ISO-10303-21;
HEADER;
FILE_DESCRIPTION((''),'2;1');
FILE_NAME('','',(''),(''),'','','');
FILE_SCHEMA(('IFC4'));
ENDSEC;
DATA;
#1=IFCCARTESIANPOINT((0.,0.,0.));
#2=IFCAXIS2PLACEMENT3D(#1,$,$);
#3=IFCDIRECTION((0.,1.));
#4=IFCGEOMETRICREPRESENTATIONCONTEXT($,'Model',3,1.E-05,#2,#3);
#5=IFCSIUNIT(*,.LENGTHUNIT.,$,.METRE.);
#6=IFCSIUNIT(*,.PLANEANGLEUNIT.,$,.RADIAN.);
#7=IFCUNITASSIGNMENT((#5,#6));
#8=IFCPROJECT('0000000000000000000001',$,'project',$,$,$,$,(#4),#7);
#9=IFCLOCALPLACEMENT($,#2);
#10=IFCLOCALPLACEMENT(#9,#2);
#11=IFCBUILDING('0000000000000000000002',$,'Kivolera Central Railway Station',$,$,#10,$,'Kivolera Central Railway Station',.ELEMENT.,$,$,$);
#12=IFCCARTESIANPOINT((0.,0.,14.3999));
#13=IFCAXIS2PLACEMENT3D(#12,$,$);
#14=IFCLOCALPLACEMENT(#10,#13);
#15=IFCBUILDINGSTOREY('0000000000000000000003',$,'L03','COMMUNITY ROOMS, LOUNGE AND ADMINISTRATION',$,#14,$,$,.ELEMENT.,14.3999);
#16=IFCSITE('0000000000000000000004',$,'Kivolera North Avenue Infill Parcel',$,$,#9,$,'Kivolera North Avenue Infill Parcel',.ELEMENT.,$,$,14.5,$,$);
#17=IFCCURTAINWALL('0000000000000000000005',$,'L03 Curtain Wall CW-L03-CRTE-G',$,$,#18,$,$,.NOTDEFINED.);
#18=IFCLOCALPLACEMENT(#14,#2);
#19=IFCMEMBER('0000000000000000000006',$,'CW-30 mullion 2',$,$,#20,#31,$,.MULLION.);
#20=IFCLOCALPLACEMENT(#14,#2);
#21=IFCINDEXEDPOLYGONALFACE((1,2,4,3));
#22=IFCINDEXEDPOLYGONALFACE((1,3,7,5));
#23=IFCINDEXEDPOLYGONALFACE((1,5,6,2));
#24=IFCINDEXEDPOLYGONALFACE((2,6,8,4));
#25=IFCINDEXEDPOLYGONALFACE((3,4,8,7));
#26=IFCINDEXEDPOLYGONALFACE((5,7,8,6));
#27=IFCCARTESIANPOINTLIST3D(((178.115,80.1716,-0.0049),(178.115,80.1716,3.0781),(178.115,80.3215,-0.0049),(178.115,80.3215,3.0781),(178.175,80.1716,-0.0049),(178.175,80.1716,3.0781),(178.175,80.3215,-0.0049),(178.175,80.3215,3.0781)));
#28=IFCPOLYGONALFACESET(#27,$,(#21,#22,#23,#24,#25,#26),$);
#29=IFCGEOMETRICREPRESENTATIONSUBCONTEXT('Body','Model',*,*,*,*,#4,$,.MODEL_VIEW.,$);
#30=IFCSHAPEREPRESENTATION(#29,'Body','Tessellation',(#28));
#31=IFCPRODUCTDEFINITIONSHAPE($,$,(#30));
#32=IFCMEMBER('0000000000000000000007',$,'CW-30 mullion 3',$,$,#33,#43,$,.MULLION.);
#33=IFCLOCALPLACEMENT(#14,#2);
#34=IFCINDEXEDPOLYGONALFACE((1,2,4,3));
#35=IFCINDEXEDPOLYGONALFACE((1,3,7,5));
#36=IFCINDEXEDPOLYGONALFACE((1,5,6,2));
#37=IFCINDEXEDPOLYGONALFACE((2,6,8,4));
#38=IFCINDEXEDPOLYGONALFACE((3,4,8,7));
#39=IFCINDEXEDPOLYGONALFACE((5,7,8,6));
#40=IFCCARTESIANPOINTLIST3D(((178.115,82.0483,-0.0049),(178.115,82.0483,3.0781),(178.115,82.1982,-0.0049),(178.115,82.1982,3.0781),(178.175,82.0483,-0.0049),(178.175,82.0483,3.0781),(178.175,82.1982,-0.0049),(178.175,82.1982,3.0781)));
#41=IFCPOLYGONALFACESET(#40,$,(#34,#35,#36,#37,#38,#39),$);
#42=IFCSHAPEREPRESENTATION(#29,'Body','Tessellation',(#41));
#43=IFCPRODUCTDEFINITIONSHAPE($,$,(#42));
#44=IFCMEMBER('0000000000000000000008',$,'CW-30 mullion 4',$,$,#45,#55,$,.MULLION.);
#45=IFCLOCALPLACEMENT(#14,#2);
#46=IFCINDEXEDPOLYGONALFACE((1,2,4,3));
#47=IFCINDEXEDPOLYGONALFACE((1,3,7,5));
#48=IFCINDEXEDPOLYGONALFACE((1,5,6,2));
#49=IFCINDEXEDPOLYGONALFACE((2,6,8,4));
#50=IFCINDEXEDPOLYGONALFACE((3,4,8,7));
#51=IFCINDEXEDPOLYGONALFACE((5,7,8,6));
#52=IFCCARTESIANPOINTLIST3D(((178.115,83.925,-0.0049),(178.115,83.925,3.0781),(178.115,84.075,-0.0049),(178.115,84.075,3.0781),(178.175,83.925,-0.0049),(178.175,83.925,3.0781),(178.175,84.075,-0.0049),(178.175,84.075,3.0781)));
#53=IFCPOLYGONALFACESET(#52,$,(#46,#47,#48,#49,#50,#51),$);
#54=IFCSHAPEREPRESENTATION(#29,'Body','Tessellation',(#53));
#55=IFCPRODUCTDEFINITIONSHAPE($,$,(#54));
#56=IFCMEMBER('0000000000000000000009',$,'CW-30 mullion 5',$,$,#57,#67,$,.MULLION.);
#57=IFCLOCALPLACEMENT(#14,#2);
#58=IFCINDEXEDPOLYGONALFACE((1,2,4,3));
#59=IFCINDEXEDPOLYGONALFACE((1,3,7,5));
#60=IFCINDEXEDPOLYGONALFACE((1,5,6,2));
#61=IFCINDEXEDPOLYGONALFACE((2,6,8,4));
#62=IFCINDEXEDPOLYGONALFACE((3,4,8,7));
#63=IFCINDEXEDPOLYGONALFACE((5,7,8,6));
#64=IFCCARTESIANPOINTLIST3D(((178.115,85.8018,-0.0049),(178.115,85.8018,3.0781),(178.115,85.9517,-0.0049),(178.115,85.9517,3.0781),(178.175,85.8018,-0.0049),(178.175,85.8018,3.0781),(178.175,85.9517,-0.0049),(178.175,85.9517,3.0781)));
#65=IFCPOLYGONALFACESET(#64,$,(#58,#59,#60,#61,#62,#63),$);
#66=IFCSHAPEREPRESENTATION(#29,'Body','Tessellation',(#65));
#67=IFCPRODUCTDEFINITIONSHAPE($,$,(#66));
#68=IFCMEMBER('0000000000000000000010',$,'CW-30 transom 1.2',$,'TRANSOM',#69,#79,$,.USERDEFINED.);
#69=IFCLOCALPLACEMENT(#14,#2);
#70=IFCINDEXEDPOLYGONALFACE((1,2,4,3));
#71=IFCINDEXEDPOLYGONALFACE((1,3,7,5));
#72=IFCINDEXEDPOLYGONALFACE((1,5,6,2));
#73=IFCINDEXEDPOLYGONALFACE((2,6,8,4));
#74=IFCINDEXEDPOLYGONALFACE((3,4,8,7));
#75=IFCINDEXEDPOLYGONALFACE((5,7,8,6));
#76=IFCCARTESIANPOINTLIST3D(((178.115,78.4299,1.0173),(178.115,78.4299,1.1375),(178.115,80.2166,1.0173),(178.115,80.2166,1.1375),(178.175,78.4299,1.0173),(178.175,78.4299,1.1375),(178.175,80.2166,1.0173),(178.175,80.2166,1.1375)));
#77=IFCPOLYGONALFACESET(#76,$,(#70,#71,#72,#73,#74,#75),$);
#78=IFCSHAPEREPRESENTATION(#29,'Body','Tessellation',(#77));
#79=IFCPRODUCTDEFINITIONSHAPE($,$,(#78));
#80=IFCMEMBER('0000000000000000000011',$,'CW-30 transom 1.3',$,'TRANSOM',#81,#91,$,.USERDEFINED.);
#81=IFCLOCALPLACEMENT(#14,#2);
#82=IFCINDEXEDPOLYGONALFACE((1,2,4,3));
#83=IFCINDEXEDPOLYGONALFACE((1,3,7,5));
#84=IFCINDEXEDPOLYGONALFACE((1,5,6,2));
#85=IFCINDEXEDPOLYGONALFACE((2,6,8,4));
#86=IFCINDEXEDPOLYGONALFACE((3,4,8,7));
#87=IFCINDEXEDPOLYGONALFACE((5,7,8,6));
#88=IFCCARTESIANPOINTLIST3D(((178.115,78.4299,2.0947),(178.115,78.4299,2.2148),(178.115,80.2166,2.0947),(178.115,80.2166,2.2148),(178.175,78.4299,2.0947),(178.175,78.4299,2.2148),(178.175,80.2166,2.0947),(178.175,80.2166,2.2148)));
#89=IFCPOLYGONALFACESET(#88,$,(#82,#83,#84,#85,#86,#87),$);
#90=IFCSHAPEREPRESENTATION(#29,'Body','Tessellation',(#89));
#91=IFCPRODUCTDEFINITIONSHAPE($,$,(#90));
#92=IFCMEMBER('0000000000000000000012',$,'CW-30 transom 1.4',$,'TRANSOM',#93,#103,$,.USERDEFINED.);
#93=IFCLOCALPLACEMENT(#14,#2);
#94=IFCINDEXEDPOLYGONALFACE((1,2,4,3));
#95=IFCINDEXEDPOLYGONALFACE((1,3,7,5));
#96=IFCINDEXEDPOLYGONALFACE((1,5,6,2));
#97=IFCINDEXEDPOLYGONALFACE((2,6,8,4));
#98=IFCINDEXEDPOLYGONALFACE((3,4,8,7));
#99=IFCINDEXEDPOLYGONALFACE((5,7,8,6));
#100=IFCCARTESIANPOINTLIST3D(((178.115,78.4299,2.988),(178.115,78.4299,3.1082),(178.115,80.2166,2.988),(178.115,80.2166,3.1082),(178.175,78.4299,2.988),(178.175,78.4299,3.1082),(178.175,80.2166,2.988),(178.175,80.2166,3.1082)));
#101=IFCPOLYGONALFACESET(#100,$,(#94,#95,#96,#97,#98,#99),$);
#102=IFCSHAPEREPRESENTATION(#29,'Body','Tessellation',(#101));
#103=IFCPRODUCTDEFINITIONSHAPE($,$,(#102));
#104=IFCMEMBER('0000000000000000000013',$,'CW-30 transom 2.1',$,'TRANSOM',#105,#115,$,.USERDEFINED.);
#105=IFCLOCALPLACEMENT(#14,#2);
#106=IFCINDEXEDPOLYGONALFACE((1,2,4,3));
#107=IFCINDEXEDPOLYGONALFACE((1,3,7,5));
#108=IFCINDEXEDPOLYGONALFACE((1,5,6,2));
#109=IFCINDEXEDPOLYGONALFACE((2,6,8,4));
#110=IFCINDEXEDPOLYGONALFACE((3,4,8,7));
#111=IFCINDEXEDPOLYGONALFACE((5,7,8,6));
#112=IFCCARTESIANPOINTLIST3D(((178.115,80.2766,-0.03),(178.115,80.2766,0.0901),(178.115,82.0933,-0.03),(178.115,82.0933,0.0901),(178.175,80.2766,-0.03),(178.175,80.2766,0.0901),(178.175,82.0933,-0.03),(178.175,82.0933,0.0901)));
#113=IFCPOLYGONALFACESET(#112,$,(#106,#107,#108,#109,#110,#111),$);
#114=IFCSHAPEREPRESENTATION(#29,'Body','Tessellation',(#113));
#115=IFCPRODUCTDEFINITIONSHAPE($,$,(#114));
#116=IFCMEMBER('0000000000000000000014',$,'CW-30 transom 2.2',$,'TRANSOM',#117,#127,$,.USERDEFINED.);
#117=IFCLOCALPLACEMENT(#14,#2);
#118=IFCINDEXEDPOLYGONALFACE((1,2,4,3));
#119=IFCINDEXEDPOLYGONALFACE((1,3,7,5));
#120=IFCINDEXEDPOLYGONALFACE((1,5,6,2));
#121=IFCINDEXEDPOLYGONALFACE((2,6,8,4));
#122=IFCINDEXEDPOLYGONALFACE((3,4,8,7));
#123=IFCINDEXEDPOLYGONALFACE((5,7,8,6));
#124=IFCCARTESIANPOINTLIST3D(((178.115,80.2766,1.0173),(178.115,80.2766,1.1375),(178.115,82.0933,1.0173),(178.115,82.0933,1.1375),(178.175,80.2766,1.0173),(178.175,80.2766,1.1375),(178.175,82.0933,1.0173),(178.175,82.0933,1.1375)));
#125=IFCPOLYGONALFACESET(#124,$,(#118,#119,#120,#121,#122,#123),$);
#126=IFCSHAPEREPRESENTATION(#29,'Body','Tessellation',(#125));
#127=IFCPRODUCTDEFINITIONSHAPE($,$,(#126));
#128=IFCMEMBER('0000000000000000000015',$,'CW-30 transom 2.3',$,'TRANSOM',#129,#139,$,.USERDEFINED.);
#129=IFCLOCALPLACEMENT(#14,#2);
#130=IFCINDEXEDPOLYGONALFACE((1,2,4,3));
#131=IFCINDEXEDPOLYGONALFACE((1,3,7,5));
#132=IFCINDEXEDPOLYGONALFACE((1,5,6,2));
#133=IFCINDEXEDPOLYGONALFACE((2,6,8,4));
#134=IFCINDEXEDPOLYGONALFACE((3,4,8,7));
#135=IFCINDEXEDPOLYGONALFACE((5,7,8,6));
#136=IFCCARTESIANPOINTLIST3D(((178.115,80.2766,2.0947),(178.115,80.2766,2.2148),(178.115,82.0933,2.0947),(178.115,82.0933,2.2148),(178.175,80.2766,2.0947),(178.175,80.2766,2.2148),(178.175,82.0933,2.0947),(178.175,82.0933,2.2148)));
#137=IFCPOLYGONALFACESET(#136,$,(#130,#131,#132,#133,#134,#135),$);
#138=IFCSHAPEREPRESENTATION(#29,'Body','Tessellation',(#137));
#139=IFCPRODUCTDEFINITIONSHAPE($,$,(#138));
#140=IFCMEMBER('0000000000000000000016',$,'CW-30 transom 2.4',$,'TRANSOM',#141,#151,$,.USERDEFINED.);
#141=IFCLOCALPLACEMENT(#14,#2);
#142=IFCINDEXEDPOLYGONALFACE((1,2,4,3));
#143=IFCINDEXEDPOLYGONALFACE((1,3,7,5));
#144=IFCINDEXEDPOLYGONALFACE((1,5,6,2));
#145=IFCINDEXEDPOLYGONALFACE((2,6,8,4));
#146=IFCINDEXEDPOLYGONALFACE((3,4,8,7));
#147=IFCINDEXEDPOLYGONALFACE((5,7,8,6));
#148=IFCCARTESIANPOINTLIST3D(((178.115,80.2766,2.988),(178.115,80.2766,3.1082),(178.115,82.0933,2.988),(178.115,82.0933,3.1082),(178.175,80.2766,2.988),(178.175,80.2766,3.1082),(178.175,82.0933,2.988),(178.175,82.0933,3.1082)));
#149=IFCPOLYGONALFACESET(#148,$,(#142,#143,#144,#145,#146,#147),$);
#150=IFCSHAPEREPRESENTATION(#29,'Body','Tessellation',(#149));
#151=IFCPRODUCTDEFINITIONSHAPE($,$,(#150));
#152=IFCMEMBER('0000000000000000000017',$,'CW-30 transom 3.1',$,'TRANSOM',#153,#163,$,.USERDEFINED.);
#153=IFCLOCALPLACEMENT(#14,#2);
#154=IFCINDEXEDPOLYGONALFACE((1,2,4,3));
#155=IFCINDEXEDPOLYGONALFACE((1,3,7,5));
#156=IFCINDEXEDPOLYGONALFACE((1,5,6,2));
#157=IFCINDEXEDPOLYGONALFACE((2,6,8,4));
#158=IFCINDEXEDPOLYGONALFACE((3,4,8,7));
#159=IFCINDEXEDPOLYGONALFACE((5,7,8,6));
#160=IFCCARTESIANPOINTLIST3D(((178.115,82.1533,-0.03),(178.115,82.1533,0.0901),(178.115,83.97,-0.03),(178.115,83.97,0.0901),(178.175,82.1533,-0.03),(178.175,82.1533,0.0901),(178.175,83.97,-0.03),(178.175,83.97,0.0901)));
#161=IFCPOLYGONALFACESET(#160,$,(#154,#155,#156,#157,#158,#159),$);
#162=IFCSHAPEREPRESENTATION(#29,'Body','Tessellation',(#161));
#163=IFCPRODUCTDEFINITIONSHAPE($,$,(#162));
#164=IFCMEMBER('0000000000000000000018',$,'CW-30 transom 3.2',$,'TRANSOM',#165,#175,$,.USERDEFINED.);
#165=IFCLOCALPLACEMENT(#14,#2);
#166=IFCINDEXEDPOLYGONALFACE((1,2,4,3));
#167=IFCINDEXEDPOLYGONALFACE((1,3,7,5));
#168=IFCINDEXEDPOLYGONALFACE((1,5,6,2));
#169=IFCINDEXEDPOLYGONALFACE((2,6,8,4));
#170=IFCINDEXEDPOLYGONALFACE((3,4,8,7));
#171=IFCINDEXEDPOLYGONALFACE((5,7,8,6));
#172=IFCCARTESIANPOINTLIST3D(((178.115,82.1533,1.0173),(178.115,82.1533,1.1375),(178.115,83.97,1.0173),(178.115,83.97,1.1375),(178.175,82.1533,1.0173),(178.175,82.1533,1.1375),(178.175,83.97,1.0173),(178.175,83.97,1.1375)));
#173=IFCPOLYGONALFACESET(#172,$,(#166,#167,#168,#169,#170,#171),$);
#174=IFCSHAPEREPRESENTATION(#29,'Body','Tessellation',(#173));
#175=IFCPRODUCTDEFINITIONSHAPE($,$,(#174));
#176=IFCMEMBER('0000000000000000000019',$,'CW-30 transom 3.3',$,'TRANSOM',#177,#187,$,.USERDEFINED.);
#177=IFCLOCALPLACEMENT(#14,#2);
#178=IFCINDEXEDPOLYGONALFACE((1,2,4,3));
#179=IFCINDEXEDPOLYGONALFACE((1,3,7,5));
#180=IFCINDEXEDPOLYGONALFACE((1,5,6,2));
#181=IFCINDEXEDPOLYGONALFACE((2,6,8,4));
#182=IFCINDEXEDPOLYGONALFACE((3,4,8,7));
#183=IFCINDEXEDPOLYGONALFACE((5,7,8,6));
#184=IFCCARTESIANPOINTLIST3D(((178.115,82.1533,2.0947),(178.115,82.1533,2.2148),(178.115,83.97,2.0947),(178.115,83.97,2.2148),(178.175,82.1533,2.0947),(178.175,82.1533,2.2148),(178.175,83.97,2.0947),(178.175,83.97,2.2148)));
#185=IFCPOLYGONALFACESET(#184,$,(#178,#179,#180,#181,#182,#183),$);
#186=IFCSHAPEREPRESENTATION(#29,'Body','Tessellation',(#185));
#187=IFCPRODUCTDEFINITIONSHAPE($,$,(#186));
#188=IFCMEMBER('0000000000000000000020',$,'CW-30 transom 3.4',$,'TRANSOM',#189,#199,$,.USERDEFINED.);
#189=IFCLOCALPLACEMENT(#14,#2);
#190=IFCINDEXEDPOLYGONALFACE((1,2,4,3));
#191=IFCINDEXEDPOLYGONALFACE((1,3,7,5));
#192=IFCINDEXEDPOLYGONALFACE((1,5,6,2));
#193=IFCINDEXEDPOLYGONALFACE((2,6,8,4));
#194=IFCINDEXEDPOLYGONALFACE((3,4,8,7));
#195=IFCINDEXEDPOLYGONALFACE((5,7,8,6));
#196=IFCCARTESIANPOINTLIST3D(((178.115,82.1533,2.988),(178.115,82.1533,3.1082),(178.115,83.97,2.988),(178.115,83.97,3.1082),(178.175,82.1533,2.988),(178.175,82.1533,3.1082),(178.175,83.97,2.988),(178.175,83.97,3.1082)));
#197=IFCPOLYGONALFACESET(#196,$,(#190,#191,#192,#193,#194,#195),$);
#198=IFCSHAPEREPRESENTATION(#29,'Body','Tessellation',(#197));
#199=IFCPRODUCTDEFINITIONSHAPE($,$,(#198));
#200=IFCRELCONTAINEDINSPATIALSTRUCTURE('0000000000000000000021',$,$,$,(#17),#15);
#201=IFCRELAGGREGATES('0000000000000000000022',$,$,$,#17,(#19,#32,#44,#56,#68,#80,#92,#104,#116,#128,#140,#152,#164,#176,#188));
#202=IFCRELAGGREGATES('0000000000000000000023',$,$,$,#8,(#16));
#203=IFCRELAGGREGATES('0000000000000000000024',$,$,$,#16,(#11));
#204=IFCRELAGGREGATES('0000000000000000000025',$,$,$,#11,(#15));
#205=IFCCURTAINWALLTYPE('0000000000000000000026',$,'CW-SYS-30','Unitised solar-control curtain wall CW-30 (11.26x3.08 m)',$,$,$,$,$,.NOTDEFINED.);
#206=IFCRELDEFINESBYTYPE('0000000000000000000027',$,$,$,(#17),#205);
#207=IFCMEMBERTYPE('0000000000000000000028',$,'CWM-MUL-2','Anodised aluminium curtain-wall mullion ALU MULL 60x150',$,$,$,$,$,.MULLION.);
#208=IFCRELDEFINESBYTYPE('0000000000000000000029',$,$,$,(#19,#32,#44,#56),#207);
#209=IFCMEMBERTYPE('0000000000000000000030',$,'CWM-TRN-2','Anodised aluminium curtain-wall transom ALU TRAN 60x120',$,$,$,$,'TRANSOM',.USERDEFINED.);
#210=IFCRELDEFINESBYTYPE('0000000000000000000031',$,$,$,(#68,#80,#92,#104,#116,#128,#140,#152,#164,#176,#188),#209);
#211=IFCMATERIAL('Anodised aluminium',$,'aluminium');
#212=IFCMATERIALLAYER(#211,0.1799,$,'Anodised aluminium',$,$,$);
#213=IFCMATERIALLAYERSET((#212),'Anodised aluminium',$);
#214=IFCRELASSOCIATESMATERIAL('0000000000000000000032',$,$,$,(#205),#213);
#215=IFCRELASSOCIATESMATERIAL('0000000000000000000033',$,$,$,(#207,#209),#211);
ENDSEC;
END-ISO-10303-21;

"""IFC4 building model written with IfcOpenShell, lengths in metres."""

from ifc_helpers import new_model, si_unit, direction, frame, origin, origin_2d, place, context, subcontext, project, spatial, rectangle, extrude, material, layer, layer_set, material_profile, profile_set, type_object, element, aggregate, save


model = new_model("IFC4")

# Units and contexts
model_context = context("Model", 3, precision=1e-05, world=origin(), true_north=direction((0.0, 1.0)))
body_context = subcontext(model_context, "Body", "Model", "MODEL_VIEW")
ifc_project = project(units=[si_unit("LENGTHUNIT", "METRE"), si_unit("PLANEANGLEUNIT", "RADIAN")], contexts=[model_context])

# Site, building, storey
site_placement = place(None, origin())
site = spatial("IfcSite", under=ifc_project, at=site_placement, Name="Kivolera North Avenue Infill Parcel", LongName="Kivolera North Avenue Infill Parcel", CompositionType="ELEMENT", RefElevation=14.5)
building_placement = place(site_placement, origin())
building = spatial("IfcBuilding", under=site, at=building_placement, Name="Kivolera Central Railway Station", LongName="Kivolera Central Railway Station", CompositionType="ELEMENT")
storey_placement = place(building_placement, frame((0.0, 0.0, 14.3999)))
storey = spatial("IfcBuildingStorey", under=building, at=storey_placement, Name="L03", Description="COMMUNITY ROOMS, LOUNGE AND ADMINISTRATION", CompositionType="ELEMENT", Elevation=14.3999)

# Curtain wall, members
ifc_material_1 = material(Name="Anodised aluminium", Category="aluminium")
ifc_layer_1 = layer(ifc_material_1, 0.1799, Name="Anodised aluminium")
ifc_layer_set_1 = layer_set([ifc_layer_1], Name="Anodised aluminium")
curtain_wall_type = type_object("IfcCurtainWallType", Name="CW-SYS-30", Description="Unitised solar-control curtain wall CW-30 (11.26x3.08 m)", PredefinedType="NOTDEFINED", material=ifc_layer_set_1)
curtain_wall_placement = place(storey_placement, origin())
curtain_wall = element("IfcCurtainWall", 1, at=curtain_wall_placement, inside=storey, type_object=curtain_wall_type, Name="L03 Curtain Wall CW-L03-CRTE-G", PredefinedType="NOTDEFINED")
ifc_material_profile_1 = material_profile(ifc_material_1, rectangle(XDim=0.0601, YDim=0.1499, at=origin_2d()), Name="ALU MULL 60x150")
ifc_profile_set_1 = profile_set([ifc_material_profile_1], Name="Anodised aluminium")
member_type_1 = type_object("IfcMemberType", Name="CWM-MUL-2", Description="Anodised aluminium curtain-wall mullion ALU MULL 60x150", PredefinedType="MULLION", material=ifc_profile_set_1)
member_1_placement = place(storey_placement, frame((178.145, 80.2466, -0.0049), z_axis=(0.0, 0.0, 1.0), x_axis=(-1.0, 0.0, 0.0)))
member_1 = element("IfcMember", 2, at=member_1_placement, type_object=member_type_1, Name="CW-30 mullion 2", PredefinedType="MULLION", context=body_context, shape_type="SweptSolid", body=[
    extrude(rectangle(XDim=0.0601, YDim=0.1499, at=origin_2d()), origin(), (0.0, 0.0, 1.0), 3.083),
])
member_2_placement = place(storey_placement, frame((178.145, 82.1233, -0.0049), z_axis=(0.0, 0.0, 1.0), x_axis=(-1.0, 0.0, 0.0)))
member_2 = element("IfcMember", 3, at=member_2_placement, type_object=member_type_1, Name="CW-30 mullion 3", PredefinedType="MULLION", context=body_context, shape_type="SweptSolid", body=[
    extrude(rectangle(XDim=0.0601, YDim=0.1499, at=origin_2d()), origin(), (0.0, 0.0, 1.0), 3.083),
])
member_3_placement = place(storey_placement, frame((178.145, 84.0, -0.0049), z_axis=(0.0, 0.0, 1.0), x_axis=(-1.0, 0.0, 0.0)))
member_3 = element("IfcMember", 4, at=member_3_placement, type_object=member_type_1, Name="CW-30 mullion 4", PredefinedType="MULLION", context=body_context, shape_type="SweptSolid", body=[
    extrude(rectangle(XDim=0.0601, YDim=0.1499, at=origin_2d()), origin(), (0.0, 0.0, 1.0), 3.083),
])
member_4_placement = place(storey_placement, frame((178.145, 85.8767, -0.0049), z_axis=(0.0, 0.0, 1.0), x_axis=(-1.0, 0.0, 0.0)))
member_4 = element("IfcMember", 5, at=member_4_placement, type_object=member_type_1, Name="CW-30 mullion 5", PredefinedType="MULLION", context=body_context, shape_type="SweptSolid", body=[
    extrude(rectangle(XDim=0.0601, YDim=0.1499, at=origin_2d()), origin(), (0.0, 0.0, 1.0), 3.083),
])
ifc_material_profile_2 = material_profile(ifc_material_1, rectangle(XDim=0.0601, YDim=0.1201, at=origin_2d()), Name="ALU TRAN 60x120")
ifc_profile_set_2 = profile_set([ifc_material_profile_2], Name="Anodised aluminium")
member_type_2 = type_object("IfcMemberType", Name="CWM-TRN-2", Description="Anodised aluminium curtain-wall transom ALU TRAN 60x120", ElementType="TRANSOM", PredefinedType="USERDEFINED", material=ifc_profile_set_2)
member_5_placement = place(storey_placement, frame((178.145, 78.4299, 1.0774), z_axis=(0.0, 1.0, 0.0), x_axis=(-1.0, 0.0, 0.0)))
member_5 = element("IfcMember", 6, at=member_5_placement, type_object=member_type_2, Name="CW-30 transom 1.2", ObjectType="TRANSOM", PredefinedType="USERDEFINED", context=body_context, shape_type="SweptSolid", body=[
    extrude(rectangle(XDim=0.0601, YDim=0.1201, at=origin_2d()), origin(), (0.0, 0.0, 1.0), 1.7866),
])
member_6_placement = place(storey_placement, frame((178.145, 78.4299, 2.1548), z_axis=(0.0, 1.0, 0.0), x_axis=(-1.0, 0.0, 0.0)))
member_6 = element("IfcMember", 7, at=member_6_placement, type_object=member_type_2, Name="CW-30 transom 1.3", ObjectType="TRANSOM", PredefinedType="USERDEFINED", context=body_context, shape_type="SweptSolid", body=[
    extrude(rectangle(XDim=0.0601, YDim=0.1201, at=origin_2d()), origin(), (0.0, 0.0, 1.0), 1.7866),
])
member_7_placement = place(storey_placement, frame((178.145, 78.4299, 3.0481), z_axis=(0.0, 1.0, 0.0), x_axis=(-1.0, 0.0, 0.0)))
member_7 = element("IfcMember", 8, at=member_7_placement, type_object=member_type_2, Name="CW-30 transom 1.4", ObjectType="TRANSOM", PredefinedType="USERDEFINED", context=body_context, shape_type="SweptSolid", body=[
    extrude(rectangle(XDim=0.0601, YDim=0.1201, at=origin_2d()), origin(), (0.0, 0.0, 1.0), 1.7866),
])
member_8_placement = place(storey_placement, frame((178.145, 80.2766, 0.03), z_axis=(0.0, 1.0, 0.0), x_axis=(-1.0, 0.0, 0.0)))
member_8 = element("IfcMember", 9, at=member_8_placement, type_object=member_type_2, Name="CW-30 transom 2.1", ObjectType="TRANSOM", PredefinedType="USERDEFINED", context=body_context, shape_type="SweptSolid", body=[
    extrude(rectangle(XDim=0.0601, YDim=0.1201, at=origin_2d()), origin(), (0.0, 0.0, 1.0), 1.8167),
])
member_9_placement = place(storey_placement, frame((178.145, 80.2766, 1.0774), z_axis=(0.0, 1.0, 0.0), x_axis=(-1.0, 0.0, 0.0)))
member_9 = element("IfcMember", 10, at=member_9_placement, type_object=member_type_2, Name="CW-30 transom 2.2", ObjectType="TRANSOM", PredefinedType="USERDEFINED", context=body_context, shape_type="SweptSolid", body=[
    extrude(rectangle(XDim=0.0601, YDim=0.1201, at=origin_2d()), origin(), (0.0, 0.0, 1.0), 1.8167),
])
member_10_placement = place(storey_placement, frame((178.145, 80.2766, 2.1548), z_axis=(0.0, 1.0, 0.0), x_axis=(-1.0, 0.0, 0.0)))
member_10 = element("IfcMember", 11, at=member_10_placement, type_object=member_type_2, Name="CW-30 transom 2.3", ObjectType="TRANSOM", PredefinedType="USERDEFINED", context=body_context, shape_type="SweptSolid", body=[
    extrude(rectangle(XDim=0.0601, YDim=0.1201, at=origin_2d()), origin(), (0.0, 0.0, 1.0), 1.8167),
])
member_11_placement = place(storey_placement, frame((178.145, 80.2766, 3.0481), z_axis=(0.0, 1.0, 0.0), x_axis=(-1.0, 0.0, 0.0)))
member_11 = element("IfcMember", 12, at=member_11_placement, type_object=member_type_2, Name="CW-30 transom 2.4", ObjectType="TRANSOM", PredefinedType="USERDEFINED", context=body_context, shape_type="SweptSolid", body=[
    extrude(rectangle(XDim=0.0601, YDim=0.1201, at=origin_2d()), origin(), (0.0, 0.0, 1.0), 1.8167),
])
member_12_placement = place(storey_placement, frame((178.145, 82.1533, 0.03), z_axis=(0.0, 1.0, 0.0), x_axis=(-1.0, 0.0, 0.0)))
member_12 = element("IfcMember", 13, at=member_12_placement, type_object=member_type_2, Name="CW-30 transom 3.1", ObjectType="TRANSOM", PredefinedType="USERDEFINED", context=body_context, shape_type="SweptSolid", body=[
    extrude(rectangle(XDim=0.0601, YDim=0.1201, at=origin_2d()), origin(), (0.0, 0.0, 1.0), 1.8167),
])
member_13_placement = place(storey_placement, frame((178.145, 82.1533, 1.0774), z_axis=(0.0, 1.0, 0.0), x_axis=(-1.0, 0.0, 0.0)))
member_13 = element("IfcMember", 14, at=member_13_placement, type_object=member_type_2, Name="CW-30 transom 3.2", ObjectType="TRANSOM", PredefinedType="USERDEFINED", context=body_context, shape_type="SweptSolid", body=[
    extrude(rectangle(XDim=0.0601, YDim=0.1201, at=origin_2d()), origin(), (0.0, 0.0, 1.0), 1.8167),
])
member_14_placement = place(storey_placement, frame((178.145, 82.1533, 2.1548), z_axis=(0.0, 1.0, 0.0), x_axis=(-1.0, 0.0, 0.0)))
member_14 = element("IfcMember", 15, at=member_14_placement, type_object=member_type_2, Name="CW-30 transom 3.3", ObjectType="TRANSOM", PredefinedType="USERDEFINED", context=body_context, shape_type="SweptSolid", body=[
    extrude(rectangle(XDim=0.0601, YDim=0.1201, at=origin_2d()), origin(), (0.0, 0.0, 1.0), 1.8167),
])
member_15_placement = place(storey_placement, frame((178.145, 82.1533, 3.0481), z_axis=(0.0, 1.0, 0.0), x_axis=(-1.0, 0.0, 0.0)))
member_15 = element("IfcMember", 16, at=member_15_placement, type_object=member_type_2, Name="CW-30 transom 3.4", ObjectType="TRANSOM", PredefinedType="USERDEFINED", context=body_context, shape_type="SweptSolid", body=[
    extrude(rectangle(XDim=0.0601, YDim=0.1201, at=origin_2d()), origin(), (0.0, 0.0, 1.0), 1.8167),
])
aggregate(curtain_wall, [member_1, member_2, member_3, member_4, member_5, member_6, member_7, member_8, member_9, member_10, member_11, member_12, member_13, member_14, member_15])

save(model, "model.ifc")
